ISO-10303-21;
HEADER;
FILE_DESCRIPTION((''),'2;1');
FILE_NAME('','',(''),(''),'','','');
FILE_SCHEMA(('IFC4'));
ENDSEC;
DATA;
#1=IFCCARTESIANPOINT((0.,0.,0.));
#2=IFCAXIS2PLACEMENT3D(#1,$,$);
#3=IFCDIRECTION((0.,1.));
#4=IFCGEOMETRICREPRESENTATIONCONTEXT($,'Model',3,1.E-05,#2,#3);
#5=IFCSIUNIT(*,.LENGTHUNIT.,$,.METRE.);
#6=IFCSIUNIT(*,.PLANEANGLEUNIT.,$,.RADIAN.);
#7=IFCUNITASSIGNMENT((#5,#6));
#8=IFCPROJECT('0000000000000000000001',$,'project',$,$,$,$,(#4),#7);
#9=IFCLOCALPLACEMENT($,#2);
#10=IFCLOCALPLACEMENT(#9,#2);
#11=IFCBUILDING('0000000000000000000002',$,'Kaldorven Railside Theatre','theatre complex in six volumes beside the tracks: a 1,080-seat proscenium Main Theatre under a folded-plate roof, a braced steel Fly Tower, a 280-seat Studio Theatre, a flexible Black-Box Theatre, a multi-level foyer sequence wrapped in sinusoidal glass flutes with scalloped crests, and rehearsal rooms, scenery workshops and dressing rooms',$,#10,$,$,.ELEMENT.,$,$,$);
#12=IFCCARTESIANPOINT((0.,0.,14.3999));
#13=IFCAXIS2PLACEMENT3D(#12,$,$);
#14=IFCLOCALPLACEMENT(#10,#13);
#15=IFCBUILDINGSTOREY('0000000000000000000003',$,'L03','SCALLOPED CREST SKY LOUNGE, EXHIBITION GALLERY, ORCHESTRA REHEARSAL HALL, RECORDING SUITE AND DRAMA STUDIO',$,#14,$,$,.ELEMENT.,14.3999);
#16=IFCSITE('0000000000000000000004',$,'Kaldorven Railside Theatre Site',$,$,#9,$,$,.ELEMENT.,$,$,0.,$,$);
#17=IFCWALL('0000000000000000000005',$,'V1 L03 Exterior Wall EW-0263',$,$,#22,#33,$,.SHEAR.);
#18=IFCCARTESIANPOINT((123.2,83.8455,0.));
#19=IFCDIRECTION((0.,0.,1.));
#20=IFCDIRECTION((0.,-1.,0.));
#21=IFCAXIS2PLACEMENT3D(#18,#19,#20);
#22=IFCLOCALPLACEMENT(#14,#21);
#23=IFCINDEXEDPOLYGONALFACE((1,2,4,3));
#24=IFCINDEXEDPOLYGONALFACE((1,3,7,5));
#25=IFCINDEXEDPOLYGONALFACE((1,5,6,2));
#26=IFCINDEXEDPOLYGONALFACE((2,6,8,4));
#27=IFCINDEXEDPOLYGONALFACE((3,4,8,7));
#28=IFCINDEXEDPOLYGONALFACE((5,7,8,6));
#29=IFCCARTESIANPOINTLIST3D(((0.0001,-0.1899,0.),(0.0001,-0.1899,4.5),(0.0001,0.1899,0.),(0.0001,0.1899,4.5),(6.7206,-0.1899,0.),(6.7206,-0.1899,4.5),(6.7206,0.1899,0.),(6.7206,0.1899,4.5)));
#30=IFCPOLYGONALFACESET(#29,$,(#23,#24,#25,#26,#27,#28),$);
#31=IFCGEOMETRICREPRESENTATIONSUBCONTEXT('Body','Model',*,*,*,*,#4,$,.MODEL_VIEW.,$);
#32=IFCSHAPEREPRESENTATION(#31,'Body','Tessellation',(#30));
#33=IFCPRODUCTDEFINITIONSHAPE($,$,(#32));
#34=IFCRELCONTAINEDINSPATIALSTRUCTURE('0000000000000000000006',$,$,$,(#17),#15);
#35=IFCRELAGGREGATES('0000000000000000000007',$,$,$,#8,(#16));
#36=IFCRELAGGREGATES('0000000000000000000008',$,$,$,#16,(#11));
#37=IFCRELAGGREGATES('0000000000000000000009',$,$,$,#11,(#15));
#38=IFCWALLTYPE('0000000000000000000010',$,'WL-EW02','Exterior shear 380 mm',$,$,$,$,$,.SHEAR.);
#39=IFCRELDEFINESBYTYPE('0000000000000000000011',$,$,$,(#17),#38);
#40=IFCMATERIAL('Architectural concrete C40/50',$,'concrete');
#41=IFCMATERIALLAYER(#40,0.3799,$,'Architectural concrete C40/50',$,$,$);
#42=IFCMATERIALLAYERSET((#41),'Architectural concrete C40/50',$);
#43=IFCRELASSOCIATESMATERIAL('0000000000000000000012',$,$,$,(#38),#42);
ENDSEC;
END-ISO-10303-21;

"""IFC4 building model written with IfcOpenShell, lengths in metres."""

from ifc_helpers import new_model, si_unit, direction, frame, frame_2d, origin, place, context, subcontext, project, spatial, rectangle, extrude, material, layer, layer_set, type_object, element, save


model = new_model("IFC4")

# Units and contexts
model_context = context("Model", 3, precision=1e-05, world=origin(), true_north=direction((0.0, 1.0)))
body_context = subcontext(model_context, "Body", "Model", "MODEL_VIEW")
ifc_project = project(units=[si_unit("LENGTHUNIT", "METRE"), si_unit("PLANEANGLEUNIT", "RADIAN")], contexts=[model_context])

# Site, building, storey
site_placement = place(None, origin())
site = spatial("IfcSite", under=ifc_project, at=site_placement, Name="Kaldorven Railside Theatre Site", CompositionType="ELEMENT", RefElevation=0.0)
building_placement = place(site_placement, origin())
building = spatial("IfcBuilding", under=site, at=building_placement, Name="Kaldorven Railside Theatre", Description="theatre complex in six volumes beside the tracks: a 1,080-seat proscenium Main Theatre under a folded-plate roof, a braced steel Fly Tower, a 280-seat Studio Theatre, a flexible Black-Box Theatre, a multi-level foyer sequence wrapped in sinusoidal glass flutes with scalloped crests, and rehearsal rooms, scenery workshops and dressing rooms", CompositionType="ELEMENT")
storey_placement = place(building_placement, frame((0.0, 0.0, 14.3999)))
storey = spatial("IfcBuildingStorey", under=building, at=storey_placement, Name="L03", Description="SCALLOPED CREST SKY LOUNGE, EXHIBITION GALLERY, ORCHESTRA REHEARSAL HALL, RECORDING SUITE AND DRAMA STUDIO", CompositionType="ELEMENT", Elevation=14.3999)

# Shared definitions
ifc_material_1 = material(Name="Architectural concrete C40/50", Category="concrete")

# Wall
ifc_layer_1 = layer(ifc_material_1, 0.3799, Name="Architectural concrete C40/50")
ifc_layer_set_1 = layer_set([ifc_layer_1], Name="Architectural concrete C40/50")
wall_type_1 = type_object("IfcWallType", Name="WL-EW02", Description="Exterior shear 380 mm", PredefinedType="SHEAR", material=ifc_layer_set_1)
for number, where, z_axis, x_axis, name in (
    (1, (123.2, 83.8455, 0.0), (0.0, 0.0, 1.0), (0.0, -1.0, 0.0), "V1 L03 Exterior Wall EW-0263"),
):
    element("IfcWall", number, at=place(storey_placement, frame(where, z_axis=z_axis, x_axis=x_axis)), inside=storey, type_object=wall_type_1, Name=name, PredefinedType="SHEAR", context=body_context, shape_type="SweptSolid", body=[
        extrude(rectangle(XDim=6.7205, YDim=0.3799, at=frame_2d((3.3604, 0.0))), origin(), (0.0, 0.0, 1.0), 4.5),
    ])

save(model, "model.ifc")
